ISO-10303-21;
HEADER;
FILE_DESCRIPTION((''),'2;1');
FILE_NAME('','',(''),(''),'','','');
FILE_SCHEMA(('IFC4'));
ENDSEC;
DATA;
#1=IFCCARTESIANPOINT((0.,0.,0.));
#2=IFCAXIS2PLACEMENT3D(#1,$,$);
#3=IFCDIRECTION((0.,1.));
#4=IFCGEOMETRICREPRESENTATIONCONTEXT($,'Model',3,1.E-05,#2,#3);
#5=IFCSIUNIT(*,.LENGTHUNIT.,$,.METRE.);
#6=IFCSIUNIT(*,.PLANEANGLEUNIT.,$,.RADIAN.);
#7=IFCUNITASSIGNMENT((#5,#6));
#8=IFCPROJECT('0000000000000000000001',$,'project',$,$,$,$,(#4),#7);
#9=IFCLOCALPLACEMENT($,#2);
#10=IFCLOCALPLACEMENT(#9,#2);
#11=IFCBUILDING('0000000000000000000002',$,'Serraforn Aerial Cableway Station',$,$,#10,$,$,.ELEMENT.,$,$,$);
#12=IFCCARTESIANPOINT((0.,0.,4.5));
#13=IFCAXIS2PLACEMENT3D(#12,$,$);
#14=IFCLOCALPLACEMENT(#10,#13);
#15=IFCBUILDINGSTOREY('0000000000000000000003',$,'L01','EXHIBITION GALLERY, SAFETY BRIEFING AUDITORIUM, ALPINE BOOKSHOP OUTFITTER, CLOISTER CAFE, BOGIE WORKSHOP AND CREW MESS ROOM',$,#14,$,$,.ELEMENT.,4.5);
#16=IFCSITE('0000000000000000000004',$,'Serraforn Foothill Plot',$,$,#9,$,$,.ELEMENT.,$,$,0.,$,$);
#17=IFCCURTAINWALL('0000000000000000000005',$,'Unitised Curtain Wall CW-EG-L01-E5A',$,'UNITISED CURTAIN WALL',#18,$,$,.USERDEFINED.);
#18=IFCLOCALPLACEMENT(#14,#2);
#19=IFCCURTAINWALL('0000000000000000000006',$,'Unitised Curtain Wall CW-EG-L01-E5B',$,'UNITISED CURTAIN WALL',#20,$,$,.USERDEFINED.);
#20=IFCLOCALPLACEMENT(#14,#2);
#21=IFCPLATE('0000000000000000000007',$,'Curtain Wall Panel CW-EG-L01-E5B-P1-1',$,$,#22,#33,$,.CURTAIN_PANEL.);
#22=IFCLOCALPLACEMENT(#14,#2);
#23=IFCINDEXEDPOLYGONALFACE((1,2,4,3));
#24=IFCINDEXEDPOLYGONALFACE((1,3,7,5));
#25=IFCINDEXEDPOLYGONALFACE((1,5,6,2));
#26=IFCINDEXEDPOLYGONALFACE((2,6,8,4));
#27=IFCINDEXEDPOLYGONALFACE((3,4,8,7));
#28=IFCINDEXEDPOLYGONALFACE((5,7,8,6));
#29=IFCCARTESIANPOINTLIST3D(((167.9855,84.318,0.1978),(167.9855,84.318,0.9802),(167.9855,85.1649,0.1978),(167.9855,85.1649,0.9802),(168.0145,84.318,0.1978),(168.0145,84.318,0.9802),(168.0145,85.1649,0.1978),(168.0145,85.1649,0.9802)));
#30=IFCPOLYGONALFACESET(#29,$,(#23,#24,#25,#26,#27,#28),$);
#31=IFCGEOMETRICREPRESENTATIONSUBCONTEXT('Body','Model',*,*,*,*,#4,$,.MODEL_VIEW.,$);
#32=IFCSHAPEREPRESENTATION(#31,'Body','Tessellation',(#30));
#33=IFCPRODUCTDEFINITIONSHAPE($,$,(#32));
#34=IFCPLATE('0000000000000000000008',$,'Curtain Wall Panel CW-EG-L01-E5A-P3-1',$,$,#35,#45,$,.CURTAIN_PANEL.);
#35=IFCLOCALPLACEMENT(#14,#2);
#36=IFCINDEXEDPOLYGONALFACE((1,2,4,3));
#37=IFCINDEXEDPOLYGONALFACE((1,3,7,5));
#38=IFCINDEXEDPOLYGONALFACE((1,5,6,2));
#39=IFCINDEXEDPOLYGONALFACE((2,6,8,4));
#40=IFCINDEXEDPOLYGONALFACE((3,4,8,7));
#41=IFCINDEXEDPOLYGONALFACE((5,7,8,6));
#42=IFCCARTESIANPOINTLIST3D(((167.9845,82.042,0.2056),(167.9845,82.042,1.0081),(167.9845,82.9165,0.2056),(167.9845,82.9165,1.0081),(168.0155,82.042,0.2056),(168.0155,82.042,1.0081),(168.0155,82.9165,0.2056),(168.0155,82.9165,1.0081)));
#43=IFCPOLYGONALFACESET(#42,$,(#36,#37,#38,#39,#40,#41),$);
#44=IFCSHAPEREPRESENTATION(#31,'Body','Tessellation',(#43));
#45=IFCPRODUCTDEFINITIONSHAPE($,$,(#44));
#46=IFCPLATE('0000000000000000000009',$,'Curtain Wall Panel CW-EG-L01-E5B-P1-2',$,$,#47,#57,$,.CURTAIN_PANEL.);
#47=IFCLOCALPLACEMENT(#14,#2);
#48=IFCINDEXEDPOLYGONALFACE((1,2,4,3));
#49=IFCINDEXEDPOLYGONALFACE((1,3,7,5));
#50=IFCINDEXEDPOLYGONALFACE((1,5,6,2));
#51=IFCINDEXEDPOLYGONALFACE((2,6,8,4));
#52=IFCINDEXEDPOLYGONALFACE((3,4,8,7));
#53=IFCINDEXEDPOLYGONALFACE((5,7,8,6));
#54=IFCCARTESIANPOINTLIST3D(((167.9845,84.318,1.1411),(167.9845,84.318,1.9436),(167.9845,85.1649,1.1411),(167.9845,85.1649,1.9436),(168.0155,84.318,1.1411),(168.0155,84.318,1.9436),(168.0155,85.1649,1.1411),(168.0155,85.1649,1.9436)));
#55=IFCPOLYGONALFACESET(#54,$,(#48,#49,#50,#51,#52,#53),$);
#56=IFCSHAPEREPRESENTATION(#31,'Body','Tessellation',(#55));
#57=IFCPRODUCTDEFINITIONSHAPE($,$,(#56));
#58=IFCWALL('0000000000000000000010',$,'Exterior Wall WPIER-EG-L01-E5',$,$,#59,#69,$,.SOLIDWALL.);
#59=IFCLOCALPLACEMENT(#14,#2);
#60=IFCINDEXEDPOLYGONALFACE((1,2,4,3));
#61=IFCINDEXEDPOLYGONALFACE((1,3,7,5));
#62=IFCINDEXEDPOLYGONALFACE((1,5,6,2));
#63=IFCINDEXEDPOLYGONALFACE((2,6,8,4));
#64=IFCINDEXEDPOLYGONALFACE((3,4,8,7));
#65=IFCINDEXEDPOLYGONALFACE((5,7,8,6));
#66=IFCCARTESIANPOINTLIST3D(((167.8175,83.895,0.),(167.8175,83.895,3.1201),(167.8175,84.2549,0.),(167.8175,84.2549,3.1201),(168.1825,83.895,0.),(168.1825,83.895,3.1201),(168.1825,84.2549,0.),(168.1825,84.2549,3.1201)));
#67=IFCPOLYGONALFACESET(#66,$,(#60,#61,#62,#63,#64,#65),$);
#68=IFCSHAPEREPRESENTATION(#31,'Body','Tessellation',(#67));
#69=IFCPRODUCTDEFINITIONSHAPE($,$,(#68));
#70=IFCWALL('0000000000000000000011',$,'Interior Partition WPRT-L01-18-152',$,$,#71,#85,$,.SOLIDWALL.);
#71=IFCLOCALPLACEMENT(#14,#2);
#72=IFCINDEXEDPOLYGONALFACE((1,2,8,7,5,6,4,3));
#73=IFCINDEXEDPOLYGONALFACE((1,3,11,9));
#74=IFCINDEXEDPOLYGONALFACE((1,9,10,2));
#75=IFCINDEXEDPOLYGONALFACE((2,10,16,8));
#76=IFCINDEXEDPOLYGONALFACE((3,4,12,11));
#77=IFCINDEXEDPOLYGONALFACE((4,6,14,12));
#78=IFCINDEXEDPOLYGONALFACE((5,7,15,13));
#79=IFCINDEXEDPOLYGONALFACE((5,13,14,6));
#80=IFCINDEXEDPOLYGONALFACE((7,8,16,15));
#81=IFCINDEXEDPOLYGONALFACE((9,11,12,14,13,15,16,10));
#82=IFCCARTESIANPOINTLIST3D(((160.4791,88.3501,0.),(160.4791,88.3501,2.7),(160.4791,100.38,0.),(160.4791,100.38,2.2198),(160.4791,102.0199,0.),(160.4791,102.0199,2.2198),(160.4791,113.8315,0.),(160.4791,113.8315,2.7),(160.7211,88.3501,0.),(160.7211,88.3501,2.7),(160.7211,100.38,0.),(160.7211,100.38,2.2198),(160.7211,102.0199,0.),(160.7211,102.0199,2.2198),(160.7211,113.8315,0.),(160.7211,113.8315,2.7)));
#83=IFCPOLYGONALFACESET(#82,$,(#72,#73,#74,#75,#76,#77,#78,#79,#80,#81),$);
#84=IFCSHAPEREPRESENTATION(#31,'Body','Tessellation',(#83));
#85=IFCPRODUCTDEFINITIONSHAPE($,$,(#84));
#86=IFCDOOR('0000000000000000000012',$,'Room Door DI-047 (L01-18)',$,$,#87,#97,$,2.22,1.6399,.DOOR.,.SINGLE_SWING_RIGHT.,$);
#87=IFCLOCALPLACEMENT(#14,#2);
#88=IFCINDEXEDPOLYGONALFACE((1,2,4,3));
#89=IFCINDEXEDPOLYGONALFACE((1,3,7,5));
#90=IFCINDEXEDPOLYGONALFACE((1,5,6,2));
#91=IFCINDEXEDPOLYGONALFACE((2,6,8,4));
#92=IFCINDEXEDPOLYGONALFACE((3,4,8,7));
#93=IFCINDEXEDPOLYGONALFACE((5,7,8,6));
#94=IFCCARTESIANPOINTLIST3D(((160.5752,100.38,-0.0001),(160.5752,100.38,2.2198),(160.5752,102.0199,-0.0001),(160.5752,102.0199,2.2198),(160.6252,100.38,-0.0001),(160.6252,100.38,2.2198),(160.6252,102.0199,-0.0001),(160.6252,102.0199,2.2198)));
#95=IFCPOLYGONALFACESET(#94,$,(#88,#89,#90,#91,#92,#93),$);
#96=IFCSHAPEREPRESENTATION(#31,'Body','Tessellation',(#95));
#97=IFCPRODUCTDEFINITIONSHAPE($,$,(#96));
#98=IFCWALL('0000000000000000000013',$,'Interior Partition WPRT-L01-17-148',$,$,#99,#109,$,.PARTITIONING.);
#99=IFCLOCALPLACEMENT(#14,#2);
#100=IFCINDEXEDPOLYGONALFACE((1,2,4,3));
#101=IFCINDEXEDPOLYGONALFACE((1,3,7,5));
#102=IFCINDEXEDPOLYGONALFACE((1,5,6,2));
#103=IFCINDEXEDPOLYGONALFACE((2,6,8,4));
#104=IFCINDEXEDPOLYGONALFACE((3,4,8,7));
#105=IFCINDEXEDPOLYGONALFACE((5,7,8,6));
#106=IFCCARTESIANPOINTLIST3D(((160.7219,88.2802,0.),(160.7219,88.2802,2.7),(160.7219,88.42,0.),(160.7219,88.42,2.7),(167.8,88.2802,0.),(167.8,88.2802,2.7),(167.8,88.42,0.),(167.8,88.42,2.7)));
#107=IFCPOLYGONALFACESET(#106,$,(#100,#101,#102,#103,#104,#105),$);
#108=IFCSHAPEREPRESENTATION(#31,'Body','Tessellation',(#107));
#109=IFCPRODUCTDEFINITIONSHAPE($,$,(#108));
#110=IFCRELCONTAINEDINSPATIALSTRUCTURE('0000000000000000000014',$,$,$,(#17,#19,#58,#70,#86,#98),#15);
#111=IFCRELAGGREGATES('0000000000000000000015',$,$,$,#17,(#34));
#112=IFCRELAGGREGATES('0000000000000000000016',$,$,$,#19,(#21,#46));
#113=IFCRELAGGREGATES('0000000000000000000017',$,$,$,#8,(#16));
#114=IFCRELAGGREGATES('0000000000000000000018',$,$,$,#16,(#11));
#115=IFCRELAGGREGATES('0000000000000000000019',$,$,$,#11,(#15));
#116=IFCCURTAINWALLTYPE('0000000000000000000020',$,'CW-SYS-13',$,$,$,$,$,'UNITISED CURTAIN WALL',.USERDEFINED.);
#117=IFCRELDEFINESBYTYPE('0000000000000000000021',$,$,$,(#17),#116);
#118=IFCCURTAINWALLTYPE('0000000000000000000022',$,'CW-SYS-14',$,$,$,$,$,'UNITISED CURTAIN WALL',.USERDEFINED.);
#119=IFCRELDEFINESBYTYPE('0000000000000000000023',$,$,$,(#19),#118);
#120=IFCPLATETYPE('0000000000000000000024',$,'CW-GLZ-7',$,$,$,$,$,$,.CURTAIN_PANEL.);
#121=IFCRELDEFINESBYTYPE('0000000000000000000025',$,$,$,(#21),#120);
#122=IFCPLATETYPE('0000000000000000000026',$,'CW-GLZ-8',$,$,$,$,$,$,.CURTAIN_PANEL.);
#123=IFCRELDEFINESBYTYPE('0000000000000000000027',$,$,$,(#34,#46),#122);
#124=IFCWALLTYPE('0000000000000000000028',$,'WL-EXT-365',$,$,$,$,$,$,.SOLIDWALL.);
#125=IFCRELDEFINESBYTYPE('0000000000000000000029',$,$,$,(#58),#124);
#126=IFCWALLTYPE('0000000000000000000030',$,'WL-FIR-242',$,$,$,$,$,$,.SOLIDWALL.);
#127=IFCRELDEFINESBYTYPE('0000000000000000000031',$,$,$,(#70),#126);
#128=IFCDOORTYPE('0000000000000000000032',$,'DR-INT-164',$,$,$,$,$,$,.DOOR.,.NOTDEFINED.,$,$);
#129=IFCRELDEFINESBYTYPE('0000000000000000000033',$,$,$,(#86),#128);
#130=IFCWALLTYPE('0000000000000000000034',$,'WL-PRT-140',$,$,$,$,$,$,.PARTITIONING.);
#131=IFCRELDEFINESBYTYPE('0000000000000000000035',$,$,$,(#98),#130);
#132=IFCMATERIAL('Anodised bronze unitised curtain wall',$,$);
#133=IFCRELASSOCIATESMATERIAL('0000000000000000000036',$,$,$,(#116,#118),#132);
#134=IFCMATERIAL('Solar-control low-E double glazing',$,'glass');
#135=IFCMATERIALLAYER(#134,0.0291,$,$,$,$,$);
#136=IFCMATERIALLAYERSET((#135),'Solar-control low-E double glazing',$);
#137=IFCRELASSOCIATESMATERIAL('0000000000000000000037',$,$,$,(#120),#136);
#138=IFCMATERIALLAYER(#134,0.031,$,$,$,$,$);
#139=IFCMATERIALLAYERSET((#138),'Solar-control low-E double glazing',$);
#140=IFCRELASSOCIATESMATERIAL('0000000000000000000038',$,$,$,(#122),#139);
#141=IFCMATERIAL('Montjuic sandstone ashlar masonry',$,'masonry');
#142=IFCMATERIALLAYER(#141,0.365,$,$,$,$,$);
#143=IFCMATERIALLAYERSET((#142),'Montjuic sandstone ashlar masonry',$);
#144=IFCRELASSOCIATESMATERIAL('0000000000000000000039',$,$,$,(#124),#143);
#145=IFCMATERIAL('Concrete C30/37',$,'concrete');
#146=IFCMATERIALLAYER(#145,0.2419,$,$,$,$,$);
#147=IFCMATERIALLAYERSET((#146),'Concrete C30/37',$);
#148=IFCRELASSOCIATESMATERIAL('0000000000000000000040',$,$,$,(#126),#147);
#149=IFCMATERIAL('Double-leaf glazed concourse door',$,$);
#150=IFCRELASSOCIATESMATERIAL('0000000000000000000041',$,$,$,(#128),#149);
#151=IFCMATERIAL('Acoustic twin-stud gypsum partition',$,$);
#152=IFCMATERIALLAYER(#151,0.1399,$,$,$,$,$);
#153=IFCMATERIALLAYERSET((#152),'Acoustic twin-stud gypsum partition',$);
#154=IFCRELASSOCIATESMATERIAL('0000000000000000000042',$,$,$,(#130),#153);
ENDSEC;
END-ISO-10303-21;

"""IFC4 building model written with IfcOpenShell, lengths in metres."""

from ifc_helpers import new_model, si_unit, direction, frame, frame_2d, origin, origin_2d, place, context, subcontext, project, spatial, rectangle, extrude, material, layer, layer_set, type_object, element, fill, aggregate, save


model = new_model("IFC4")

# Units and contexts
model_context = context("Model", 3, precision=1e-05, world=origin(), true_north=direction((0.0, 1.0)))
body_context = subcontext(model_context, "Body", "Model", "MODEL_VIEW")
ifc_project = project(units=[si_unit("LENGTHUNIT", "METRE"), si_unit("PLANEANGLEUNIT", "RADIAN")], contexts=[model_context])

# Site, building, storey
site_placement = place(None, origin())
site = spatial("IfcSite", under=ifc_project, at=site_placement, Name="Serraforn Foothill Plot", CompositionType="ELEMENT", RefElevation=0.0)
building_placement = place(site_placement, origin())
building = spatial("IfcBuilding", under=site, at=building_placement, Name="Serraforn Aerial Cableway Station", CompositionType="ELEMENT")
storey_placement = place(building_placement, frame((0.0, 0.0, 4.5)))
storey = spatial("IfcBuildingStorey", under=building, at=storey_placement, Name="L01", Description="EXHIBITION GALLERY, SAFETY BRIEFING AUDITORIUM, ALPINE BOOKSHOP OUTFITTER, CLOISTER CAFE, BOGIE WORKSHOP AND CREW MESS ROOM", CompositionType="ELEMENT", Elevation=4.5)

# Curtain wall
ifc_material_1 = material(Name="Anodised bronze unitised curtain wall")
curtain_wall_type_1 = type_object("IfcCurtainWallType", Name="CW-SYS-13", ElementType="UNITISED CURTAIN WALL", PredefinedType="USERDEFINED", material=ifc_material_1)
curtain_wall_1_placement = place(storey_placement, origin())
curtain_wall_1 = element("IfcCurtainWall", 1, at=curtain_wall_1_placement, inside=storey, type_object=curtain_wall_type_1, Name="Unitised Curtain Wall CW-EG-L01-E5A", ObjectType="UNITISED CURTAIN WALL", PredefinedType="USERDEFINED")

# Curtain wall
curtain_wall_type_2 = type_object("IfcCurtainWallType", Name="CW-SYS-14", ElementType="UNITISED CURTAIN WALL", PredefinedType="USERDEFINED", material=ifc_material_1)
curtain_wall_2_placement = place(storey_placement, origin())
curtain_wall_2 = element("IfcCurtainWall", 2, at=curtain_wall_2_placement, inside=storey, type_object=curtain_wall_type_2, Name="Unitised Curtain Wall CW-EG-L01-E5B", ObjectType="UNITISED CURTAIN WALL", PredefinedType="USERDEFINED")

# Plates
ifc_material_2 = material(Name="Solar-control low-E double glazing", Category="glass")
ifc_layer_1 = layer(ifc_material_2, 0.0291)
ifc_layer_set_1 = layer_set([ifc_layer_1], Name="Solar-control low-E double glazing")
plate_type_1 = type_object("IfcPlateType", Name="CW-GLZ-7", PredefinedType="CURTAIN_PANEL", material=ifc_layer_set_1)
plate_1_placement = place(storey_placement, frame((168.0, 84.7415, 0.1978), z_axis=(0.0, 0.0, 1.0), x_axis=(1.0, 0.0, 0.0)))
plate_1 = element("IfcPlate", 3, at=plate_1_placement, type_object=plate_type_1, Name="Curtain Wall Panel CW-EG-L01-E5B-P1-1", PredefinedType="CURTAIN_PANEL", context=body_context, shape_type="SweptSolid", body=[
    extrude(rectangle(XDim=0.0291, YDim=0.8469, at=origin_2d()), origin(), (0.0, 0.0, 1.0), 0.7825),
])
ifc_layer_2 = layer(ifc_material_2, 0.031)
ifc_layer_set_2 = layer_set([ifc_layer_2], Name="Solar-control low-E double glazing")
plate_type_2 = type_object("IfcPlateType", Name="CW-GLZ-8", PredefinedType="CURTAIN_PANEL", material=ifc_layer_set_2)
plate_2_placement = place(storey_placement, frame((168.0, 82.4792, 0.2056), z_axis=(0.0, 0.0, 1.0), x_axis=(1.0, 0.0, 0.0)))
plate_2 = element("IfcPlate", 4, at=plate_2_placement, type_object=plate_type_2, Name="Curtain Wall Panel CW-EG-L01-E5A-P3-1", PredefinedType="CURTAIN_PANEL", context=body_context, shape_type="SweptSolid", body=[
    extrude(rectangle(XDim=0.031, YDim=0.8745, at=origin_2d()), origin(), (0.0, 0.0, 1.0), 0.8025),
])
aggregate(curtain_wall_1, [plate_2])
plate_3_placement = place(storey_placement, frame((168.0, 84.7415, 1.1411), z_axis=(0.0, 0.0, 1.0), x_axis=(1.0, 0.0, 0.0)))
plate_3 = element("IfcPlate", 5, at=plate_3_placement, type_object=plate_type_2, Name="Curtain Wall Panel CW-EG-L01-E5B-P1-2", PredefinedType="CURTAIN_PANEL", context=body_context, shape_type="SweptSolid", body=[
    extrude(rectangle(XDim=0.031, YDim=0.8469, at=origin_2d()), origin(), (0.0, 0.0, 1.0), 0.8025),
])
aggregate(curtain_wall_2, [plate_1, plate_3])

# Wall
ifc_material_3 = material(Name="Montjuic sandstone ashlar masonry", Category="masonry")
ifc_layer_3 = layer(ifc_material_3, 0.365)
ifc_layer_set_3 = layer_set([ifc_layer_3], Name="Montjuic sandstone ashlar masonry")
wall_type_1 = type_object("IfcWallType", Name="WL-EXT-365", PredefinedType="SOLIDWALL", material=ifc_layer_set_3)
wall_1_placement = place(storey_placement, frame((168.0, 83.895, 0.0), z_axis=(0.0, 0.0, 1.0), x_axis=(0.0, 1.0, 0.0)))
element("IfcWall", 6, at=wall_1_placement, inside=storey, type_object=wall_type_1, Name="Exterior Wall WPIER-EG-L01-E5", PredefinedType="SOLIDWALL", context=body_context, shape_type="SweptSolid", body=[
    extrude(rectangle(XDim=0.3599, YDim=0.365, at=frame_2d((0.1799, 0.0))), origin(), (0.0, 0.0, 1.0), 3.1201),
])

# Wall, opening, door
ifc_material_4 = material(Name="Concrete C30/37", Category="concrete")
ifc_layer_4 = layer(ifc_material_4, 0.2419)
ifc_layer_set_4 = layer_set([ifc_layer_4], Name="Concrete C30/37")
wall_type_2 = type_object("IfcWallType", Name="WL-FIR-242", PredefinedType="SOLIDWALL", material=ifc_layer_set_4)
wall_2_placement = place(storey_placement, frame((160.6001, 88.3501, 0.0), z_axis=(0.0, 0.0, 1.0), x_axis=(0.0, 1.0, 0.0)))
wall_2 = element("IfcWall", 7, at=wall_2_placement, inside=storey, type_object=wall_type_2, Name="Interior Partition WPRT-L01-18-152", PredefinedType="SOLIDWALL", context=body_context, shape_type="SweptSolid", body=[
    extrude(rectangle(XDim=25.4814, YDim=0.2419, at=frame_2d((12.7407, 0.0))), origin(), (0.0, 0.0, 1.0), 2.7),
])
opening_placement = place(wall_2_placement, frame((12.03, 0.0, 0.0)))
opening = element("IfcOpeningElement", 8, at=opening_placement, cuts=wall_2, PredefinedType="OPENING", context=body_context, shape_type="SweptSolid", body=[
    extrude(rectangle(XDim=1.6399, YDim=2.22, at=frame_2d((0.8198, 1.1099))), frame((0.0, 0.1309, 0.0), z_axis=(0.0, -1.0, 0.0), x_axis=(1.0, 0.0, 0.0)), (0.0, 0.0, 1.0), 0.262),
])
ifc_material_5 = material(Name="Double-leaf glazed concourse door")
door_type = type_object("IfcDoorType", Name="DR-INT-164", OperationType="NOTDEFINED", PredefinedType="DOOR", material=ifc_material_5)
door_placement = place(opening_placement, origin())
door = element("IfcDoor", 9, at=door_placement, inside=storey, type_object=door_type, Name="Room Door DI-047 (L01-18)", OperationType="SINGLE_SWING_RIGHT", OverallHeight=2.22, OverallWidth=1.6399, PredefinedType="DOOR", context=body_context, shape_type="SweptSolid", body=[
    extrude(rectangle(XDim=1.6399, YDim=2.22, at=frame_2d((0.8198, 1.1099))), frame((0.0, 0.0249, 0.0), z_axis=(0.0, -1.0, 0.0), x_axis=(1.0, 0.0, 0.0)), (0.0, 0.0, 1.0), 0.05),
])
fill(opening, door)

# Wall
ifc_material_6 = material(Name="Acoustic twin-stud gypsum partition")
ifc_layer_5 = layer(ifc_material_6, 0.1399)
ifc_layer_set_5 = layer_set([ifc_layer_5], Name="Acoustic twin-stud gypsum partition")
wall_type_3 = type_object("IfcWallType", Name="WL-PRT-140", PredefinedType="PARTITIONING", material=ifc_layer_set_5)
wall_3_placement = place(storey_placement, frame((160.7219, 88.3501, 0.0), z_axis=(0.0, 0.0, 1.0), x_axis=(1.0, 0.0, 0.0)))
element("IfcWall", 10, at=wall_3_placement, inside=storey, type_object=wall_type_3, Name="Interior Partition WPRT-L01-17-148", PredefinedType="PARTITIONING", context=body_context, shape_type="SweptSolid", body=[
    extrude(rectangle(XDim=7.0781, YDim=0.1399, at=frame_2d((3.5391, 0.0))), origin(), (0.0, 0.0, 1.0), 2.7),
])

save(model, "model.ifc")
